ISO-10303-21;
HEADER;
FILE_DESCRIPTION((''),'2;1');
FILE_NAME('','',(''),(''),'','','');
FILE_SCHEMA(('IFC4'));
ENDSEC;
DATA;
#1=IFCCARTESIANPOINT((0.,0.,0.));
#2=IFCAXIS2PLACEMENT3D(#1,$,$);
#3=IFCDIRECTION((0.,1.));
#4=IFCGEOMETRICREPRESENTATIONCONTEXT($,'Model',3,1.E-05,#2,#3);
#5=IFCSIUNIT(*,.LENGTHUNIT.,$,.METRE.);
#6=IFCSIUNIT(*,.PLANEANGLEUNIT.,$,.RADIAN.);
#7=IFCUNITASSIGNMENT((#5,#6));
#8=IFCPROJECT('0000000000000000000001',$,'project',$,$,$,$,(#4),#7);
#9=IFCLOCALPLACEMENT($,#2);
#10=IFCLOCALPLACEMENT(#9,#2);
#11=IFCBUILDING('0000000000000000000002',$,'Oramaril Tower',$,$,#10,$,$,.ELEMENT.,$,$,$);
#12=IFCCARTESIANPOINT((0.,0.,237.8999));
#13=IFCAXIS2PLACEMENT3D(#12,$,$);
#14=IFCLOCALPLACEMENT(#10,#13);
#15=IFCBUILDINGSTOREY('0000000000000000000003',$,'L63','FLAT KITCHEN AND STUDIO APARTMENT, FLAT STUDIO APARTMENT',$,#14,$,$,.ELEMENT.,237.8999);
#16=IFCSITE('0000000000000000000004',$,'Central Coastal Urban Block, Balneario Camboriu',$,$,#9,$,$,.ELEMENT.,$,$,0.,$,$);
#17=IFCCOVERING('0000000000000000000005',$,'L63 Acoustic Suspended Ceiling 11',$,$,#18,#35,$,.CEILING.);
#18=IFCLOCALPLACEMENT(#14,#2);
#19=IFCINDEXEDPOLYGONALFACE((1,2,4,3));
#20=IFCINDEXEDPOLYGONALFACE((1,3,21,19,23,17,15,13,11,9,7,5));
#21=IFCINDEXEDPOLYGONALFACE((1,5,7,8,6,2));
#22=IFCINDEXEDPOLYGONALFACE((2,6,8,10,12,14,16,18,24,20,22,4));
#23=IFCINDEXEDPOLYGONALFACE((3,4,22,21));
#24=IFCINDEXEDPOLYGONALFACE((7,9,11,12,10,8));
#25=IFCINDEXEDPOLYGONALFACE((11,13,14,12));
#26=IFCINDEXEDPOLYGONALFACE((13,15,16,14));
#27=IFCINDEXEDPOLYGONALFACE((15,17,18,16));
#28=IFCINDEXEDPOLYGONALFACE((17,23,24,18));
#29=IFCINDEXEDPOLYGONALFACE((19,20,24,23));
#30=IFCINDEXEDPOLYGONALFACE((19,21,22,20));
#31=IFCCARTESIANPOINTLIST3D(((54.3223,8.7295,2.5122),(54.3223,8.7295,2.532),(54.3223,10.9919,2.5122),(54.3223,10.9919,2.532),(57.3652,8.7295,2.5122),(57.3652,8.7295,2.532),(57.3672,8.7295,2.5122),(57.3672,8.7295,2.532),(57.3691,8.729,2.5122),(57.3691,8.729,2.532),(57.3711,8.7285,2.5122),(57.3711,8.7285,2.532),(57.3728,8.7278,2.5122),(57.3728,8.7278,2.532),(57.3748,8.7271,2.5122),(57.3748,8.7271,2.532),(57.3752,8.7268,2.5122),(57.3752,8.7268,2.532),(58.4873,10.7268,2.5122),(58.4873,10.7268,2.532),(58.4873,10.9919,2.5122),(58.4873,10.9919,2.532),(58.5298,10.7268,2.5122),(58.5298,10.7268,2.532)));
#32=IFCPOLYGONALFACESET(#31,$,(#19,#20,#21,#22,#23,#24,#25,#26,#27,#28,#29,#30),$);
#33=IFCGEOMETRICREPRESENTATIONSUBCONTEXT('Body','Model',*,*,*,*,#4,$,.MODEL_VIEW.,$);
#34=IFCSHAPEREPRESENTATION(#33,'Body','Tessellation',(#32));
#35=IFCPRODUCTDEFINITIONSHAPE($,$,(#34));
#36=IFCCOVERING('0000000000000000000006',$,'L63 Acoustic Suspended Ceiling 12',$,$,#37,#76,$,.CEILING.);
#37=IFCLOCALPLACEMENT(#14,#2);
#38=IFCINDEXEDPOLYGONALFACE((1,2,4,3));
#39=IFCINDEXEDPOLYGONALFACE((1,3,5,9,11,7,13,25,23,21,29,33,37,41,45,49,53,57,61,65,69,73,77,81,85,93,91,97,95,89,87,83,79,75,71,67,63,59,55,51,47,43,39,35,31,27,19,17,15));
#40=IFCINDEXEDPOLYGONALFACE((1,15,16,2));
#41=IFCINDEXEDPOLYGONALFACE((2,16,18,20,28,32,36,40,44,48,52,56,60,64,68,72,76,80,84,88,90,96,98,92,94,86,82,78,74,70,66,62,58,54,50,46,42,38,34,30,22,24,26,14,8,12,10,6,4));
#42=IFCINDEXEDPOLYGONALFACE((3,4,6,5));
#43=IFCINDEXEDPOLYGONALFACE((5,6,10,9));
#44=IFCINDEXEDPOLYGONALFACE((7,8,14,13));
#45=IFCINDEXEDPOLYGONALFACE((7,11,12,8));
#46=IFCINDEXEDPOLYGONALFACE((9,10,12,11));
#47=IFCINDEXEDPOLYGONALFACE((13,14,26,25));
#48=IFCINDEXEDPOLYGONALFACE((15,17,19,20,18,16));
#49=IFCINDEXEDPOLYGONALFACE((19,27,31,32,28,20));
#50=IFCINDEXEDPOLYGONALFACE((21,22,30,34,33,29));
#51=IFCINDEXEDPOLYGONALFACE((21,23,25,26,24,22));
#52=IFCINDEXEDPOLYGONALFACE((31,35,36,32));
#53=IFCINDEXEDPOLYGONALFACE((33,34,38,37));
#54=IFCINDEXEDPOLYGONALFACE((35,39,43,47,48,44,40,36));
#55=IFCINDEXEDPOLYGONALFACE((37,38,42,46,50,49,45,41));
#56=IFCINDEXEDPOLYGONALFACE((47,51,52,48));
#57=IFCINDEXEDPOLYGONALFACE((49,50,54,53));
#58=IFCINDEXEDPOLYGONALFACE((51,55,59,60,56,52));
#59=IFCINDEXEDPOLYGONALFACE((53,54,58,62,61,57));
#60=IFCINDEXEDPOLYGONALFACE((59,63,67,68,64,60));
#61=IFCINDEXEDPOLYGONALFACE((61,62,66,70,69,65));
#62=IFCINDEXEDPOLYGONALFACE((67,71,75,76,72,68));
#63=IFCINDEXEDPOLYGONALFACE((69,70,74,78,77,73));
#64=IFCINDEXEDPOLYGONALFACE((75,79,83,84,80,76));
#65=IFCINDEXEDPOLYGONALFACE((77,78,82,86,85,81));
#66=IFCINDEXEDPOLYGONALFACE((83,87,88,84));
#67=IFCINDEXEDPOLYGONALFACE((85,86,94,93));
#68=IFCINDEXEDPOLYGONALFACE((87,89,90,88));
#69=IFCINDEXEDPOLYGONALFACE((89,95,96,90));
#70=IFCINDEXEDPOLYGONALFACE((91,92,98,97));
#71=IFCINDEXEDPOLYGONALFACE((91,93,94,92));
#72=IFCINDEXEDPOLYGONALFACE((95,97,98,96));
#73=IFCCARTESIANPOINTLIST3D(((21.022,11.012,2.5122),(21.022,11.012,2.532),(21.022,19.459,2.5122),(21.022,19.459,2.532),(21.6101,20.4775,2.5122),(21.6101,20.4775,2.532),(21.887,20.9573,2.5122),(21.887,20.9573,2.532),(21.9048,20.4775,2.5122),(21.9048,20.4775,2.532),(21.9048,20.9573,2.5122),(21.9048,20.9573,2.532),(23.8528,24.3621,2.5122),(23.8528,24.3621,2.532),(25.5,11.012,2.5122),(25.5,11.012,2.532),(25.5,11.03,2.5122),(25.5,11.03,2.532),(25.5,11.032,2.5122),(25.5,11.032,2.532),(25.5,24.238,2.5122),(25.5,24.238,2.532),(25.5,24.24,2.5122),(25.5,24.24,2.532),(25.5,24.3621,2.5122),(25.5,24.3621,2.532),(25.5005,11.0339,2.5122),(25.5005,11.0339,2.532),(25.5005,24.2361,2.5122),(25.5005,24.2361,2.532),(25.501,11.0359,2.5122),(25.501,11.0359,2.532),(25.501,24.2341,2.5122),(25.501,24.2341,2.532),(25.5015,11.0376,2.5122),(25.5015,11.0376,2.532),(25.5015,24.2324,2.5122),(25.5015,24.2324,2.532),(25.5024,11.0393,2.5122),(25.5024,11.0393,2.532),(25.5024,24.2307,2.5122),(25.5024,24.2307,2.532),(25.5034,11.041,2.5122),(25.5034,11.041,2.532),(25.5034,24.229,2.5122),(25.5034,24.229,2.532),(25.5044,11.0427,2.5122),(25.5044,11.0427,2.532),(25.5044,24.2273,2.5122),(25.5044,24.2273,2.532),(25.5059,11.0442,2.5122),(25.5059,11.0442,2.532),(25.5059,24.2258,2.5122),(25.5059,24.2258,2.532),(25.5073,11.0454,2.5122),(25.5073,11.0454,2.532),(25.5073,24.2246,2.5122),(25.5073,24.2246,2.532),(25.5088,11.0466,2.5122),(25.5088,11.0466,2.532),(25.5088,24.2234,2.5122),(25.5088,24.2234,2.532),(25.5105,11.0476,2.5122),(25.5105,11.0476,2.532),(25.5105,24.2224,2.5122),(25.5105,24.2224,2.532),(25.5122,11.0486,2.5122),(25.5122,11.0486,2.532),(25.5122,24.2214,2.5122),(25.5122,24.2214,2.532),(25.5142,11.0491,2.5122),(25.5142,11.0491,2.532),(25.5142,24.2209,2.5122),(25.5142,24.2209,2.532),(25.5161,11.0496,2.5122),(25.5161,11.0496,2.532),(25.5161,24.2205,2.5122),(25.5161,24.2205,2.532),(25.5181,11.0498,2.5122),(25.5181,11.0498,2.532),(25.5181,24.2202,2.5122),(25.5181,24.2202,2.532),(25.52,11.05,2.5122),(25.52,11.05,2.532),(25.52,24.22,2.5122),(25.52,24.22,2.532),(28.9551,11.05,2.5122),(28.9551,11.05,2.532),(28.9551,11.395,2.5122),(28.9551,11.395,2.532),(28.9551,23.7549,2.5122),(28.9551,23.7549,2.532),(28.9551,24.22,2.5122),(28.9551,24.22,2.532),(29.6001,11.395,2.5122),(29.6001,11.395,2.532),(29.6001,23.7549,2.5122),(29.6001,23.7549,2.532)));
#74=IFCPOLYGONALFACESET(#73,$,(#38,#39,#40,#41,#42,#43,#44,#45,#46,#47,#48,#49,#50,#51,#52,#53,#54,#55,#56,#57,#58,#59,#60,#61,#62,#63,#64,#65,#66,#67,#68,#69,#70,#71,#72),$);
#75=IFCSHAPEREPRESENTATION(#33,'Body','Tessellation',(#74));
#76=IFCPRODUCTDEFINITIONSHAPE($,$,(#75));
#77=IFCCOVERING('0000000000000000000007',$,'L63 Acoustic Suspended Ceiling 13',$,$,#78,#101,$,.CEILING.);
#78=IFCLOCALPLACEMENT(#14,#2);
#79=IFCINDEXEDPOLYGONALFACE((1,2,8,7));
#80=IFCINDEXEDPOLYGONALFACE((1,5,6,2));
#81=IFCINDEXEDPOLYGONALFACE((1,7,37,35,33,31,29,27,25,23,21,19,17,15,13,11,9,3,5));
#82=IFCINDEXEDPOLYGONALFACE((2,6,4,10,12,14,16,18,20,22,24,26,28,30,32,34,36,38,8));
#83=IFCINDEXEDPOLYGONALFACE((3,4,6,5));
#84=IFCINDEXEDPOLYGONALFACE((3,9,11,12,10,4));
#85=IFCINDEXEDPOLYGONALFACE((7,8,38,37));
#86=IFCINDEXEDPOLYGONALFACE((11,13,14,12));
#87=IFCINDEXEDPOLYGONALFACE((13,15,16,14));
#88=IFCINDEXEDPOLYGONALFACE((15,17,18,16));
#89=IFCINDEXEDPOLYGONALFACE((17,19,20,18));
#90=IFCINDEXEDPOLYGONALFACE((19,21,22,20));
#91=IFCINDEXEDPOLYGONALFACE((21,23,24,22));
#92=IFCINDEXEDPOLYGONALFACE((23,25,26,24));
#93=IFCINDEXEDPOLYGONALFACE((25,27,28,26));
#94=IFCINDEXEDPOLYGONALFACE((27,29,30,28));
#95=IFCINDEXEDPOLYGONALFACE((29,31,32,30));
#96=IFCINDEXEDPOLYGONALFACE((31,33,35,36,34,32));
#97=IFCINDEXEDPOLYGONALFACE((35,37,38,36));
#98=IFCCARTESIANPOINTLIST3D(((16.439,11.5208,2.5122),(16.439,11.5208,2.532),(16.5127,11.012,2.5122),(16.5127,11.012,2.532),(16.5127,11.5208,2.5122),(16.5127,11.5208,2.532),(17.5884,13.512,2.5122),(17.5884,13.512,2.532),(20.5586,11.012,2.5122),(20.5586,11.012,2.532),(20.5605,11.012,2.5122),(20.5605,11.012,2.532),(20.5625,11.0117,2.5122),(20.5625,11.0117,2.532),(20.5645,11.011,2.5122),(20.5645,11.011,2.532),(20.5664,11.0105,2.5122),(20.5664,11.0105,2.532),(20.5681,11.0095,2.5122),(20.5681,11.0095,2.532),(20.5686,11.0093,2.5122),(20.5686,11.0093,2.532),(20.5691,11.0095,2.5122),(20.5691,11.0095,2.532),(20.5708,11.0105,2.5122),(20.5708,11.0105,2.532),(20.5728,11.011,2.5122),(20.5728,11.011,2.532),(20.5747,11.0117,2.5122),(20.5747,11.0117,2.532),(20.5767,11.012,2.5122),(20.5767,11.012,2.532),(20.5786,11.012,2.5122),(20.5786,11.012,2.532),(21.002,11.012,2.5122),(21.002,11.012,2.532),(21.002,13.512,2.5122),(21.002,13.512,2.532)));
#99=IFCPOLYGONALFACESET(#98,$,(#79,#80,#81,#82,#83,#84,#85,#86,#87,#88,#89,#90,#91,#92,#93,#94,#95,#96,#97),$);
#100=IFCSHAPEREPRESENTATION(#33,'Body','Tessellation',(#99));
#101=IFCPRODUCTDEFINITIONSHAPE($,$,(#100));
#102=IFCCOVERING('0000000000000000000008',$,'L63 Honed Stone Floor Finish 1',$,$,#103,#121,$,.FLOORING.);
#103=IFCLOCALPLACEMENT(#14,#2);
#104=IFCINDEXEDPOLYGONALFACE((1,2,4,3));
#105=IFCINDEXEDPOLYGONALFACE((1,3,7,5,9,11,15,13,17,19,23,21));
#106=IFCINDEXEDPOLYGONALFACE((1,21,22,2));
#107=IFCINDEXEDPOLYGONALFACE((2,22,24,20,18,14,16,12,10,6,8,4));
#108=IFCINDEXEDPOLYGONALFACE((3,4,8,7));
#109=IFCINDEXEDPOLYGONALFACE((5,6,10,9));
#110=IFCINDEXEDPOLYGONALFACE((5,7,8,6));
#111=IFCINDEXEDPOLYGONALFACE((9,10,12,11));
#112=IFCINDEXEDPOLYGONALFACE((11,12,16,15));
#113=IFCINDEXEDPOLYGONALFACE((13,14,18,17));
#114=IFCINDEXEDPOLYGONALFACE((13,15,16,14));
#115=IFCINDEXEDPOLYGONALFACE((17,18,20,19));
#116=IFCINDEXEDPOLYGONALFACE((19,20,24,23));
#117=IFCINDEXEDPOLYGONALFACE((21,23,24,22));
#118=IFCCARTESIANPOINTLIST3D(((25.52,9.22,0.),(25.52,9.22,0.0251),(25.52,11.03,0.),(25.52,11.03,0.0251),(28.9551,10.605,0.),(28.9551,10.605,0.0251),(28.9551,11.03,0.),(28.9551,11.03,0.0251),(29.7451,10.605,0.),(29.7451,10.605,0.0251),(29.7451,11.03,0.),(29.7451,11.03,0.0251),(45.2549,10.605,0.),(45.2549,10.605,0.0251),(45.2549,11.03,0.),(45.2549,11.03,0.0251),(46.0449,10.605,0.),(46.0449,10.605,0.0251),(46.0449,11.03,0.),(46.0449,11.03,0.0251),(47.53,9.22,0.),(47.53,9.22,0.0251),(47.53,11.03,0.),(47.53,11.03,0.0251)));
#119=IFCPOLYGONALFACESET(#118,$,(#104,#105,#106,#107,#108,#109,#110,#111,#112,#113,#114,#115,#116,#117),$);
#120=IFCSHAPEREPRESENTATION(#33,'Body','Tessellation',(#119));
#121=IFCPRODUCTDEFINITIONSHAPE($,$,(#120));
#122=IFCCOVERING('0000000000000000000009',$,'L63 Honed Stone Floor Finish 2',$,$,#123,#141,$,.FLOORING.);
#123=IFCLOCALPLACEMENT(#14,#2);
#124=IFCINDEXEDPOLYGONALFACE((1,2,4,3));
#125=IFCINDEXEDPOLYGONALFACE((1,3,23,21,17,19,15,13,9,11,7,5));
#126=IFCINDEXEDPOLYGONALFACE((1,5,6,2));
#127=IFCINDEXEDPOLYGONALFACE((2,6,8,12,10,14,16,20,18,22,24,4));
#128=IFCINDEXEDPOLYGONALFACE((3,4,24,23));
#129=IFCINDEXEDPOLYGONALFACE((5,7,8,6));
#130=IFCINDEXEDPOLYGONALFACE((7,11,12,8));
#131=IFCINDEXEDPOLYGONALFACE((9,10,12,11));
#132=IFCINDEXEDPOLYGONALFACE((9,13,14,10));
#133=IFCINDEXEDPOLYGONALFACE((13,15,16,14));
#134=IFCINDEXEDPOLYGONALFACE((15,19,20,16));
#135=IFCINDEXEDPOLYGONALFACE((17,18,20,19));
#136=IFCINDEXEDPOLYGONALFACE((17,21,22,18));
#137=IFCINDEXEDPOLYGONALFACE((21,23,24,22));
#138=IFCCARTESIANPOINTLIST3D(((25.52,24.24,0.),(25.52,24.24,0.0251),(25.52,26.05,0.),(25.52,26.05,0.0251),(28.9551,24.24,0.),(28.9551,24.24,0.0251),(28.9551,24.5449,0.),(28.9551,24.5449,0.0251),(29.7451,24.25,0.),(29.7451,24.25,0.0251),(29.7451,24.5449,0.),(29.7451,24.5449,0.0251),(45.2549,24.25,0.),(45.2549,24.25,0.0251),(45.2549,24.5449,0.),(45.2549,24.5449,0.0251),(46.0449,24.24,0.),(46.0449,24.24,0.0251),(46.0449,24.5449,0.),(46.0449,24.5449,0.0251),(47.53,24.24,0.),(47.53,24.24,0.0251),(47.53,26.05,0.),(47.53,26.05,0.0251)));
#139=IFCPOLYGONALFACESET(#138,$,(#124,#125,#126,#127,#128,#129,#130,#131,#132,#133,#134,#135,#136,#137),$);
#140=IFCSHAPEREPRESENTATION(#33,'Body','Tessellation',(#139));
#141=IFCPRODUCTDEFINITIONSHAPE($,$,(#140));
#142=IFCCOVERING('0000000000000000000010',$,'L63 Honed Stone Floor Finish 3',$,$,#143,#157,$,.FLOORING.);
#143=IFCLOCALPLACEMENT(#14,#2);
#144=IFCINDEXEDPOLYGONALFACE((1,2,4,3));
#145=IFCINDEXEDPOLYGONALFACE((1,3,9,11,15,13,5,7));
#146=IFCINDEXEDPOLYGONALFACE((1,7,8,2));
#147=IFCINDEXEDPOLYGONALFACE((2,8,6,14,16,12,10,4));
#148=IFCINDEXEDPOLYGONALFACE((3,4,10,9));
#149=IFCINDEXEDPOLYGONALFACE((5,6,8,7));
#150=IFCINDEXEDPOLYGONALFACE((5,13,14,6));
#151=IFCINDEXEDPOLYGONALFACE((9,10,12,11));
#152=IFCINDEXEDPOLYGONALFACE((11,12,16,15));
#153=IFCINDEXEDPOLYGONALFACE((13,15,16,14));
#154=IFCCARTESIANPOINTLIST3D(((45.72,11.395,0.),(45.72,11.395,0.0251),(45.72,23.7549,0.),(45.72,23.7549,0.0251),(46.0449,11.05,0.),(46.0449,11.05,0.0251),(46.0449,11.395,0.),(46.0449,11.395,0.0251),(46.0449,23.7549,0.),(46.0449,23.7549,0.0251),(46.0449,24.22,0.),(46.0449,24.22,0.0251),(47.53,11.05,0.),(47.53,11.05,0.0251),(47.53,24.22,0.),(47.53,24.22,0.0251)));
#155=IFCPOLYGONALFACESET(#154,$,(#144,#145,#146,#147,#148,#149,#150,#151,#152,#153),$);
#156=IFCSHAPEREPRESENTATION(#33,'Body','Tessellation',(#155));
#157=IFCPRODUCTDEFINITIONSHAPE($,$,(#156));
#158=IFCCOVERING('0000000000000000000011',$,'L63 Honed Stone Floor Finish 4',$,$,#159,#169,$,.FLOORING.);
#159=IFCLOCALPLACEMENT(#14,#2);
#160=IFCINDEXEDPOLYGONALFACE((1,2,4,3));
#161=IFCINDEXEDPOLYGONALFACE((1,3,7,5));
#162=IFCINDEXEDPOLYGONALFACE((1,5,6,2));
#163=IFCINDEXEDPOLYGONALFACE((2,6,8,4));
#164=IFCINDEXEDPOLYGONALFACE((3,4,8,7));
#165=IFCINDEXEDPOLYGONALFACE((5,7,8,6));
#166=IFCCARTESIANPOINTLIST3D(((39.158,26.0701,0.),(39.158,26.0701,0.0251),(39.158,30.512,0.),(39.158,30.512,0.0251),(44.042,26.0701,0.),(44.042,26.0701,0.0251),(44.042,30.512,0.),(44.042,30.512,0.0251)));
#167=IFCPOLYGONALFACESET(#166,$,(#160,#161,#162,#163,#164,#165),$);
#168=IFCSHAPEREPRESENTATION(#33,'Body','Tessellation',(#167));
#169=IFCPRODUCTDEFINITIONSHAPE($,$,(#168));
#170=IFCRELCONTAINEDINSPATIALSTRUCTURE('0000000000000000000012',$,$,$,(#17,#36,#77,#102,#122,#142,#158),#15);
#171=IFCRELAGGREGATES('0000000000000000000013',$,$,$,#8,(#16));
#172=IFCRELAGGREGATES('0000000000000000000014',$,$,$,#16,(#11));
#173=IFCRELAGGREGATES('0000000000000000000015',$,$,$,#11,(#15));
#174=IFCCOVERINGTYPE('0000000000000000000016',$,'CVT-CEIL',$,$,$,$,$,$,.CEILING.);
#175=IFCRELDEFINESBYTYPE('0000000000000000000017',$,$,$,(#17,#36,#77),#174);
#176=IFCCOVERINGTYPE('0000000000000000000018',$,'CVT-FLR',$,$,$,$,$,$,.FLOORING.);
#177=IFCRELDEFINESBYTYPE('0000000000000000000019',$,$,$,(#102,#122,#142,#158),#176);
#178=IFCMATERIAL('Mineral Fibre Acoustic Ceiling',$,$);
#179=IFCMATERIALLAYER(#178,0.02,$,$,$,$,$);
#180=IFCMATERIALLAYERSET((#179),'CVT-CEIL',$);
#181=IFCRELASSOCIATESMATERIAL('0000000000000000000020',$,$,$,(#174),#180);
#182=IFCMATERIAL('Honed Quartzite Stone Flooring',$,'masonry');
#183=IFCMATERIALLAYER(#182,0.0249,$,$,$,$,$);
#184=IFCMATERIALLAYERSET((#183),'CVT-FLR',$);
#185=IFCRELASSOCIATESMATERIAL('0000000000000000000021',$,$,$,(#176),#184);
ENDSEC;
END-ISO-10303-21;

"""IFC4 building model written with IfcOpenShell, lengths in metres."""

from ifc_helpers import new_model, si_unit, direction, frame, origin, place, context, subcontext, project, spatial, polyline, outline, extrude, material, layer, layer_set, type_object, element, save


model = new_model("IFC4")

# Units and contexts
model_context = context("Model", 3, precision=1e-05, world=origin(), true_north=direction((0.0, 1.0)))
body_context = subcontext(model_context, "Body", "Model", "MODEL_VIEW")
ifc_project = project(units=[si_unit("LENGTHUNIT", "METRE"), si_unit("PLANEANGLEUNIT", "RADIAN")], contexts=[model_context])

# Site, building, storey
site_placement = place(None, origin())
site = spatial("IfcSite", under=ifc_project, at=site_placement, Name="Central Coastal Urban Block, Balneario Camboriu", CompositionType="ELEMENT", RefElevation=0.0)
building_placement = place(site_placement, origin())
building = spatial("IfcBuilding", under=site, at=building_placement, Name="Oramaril Tower", CompositionType="ELEMENT")
storey_placement = place(building_placement, frame((0.0, 0.0, 237.8999)))
storey = spatial("IfcBuildingStorey", under=building, at=storey_placement, Name="L63", Description="FLAT KITCHEN AND STUDIO APARTMENT, FLAT STUDIO APARTMENT", CompositionType="ELEMENT", Elevation=237.8999)

# Coverings
ifc_material_1 = material(Name="Mineral Fibre Acoustic Ceiling")
ifc_layer_1 = layer(ifc_material_1, 0.02)
ifc_layer_set_1 = layer_set([ifc_layer_1], Name="CVT-CEIL")
covering_type_1 = type_object("IfcCoveringType", Name="CVT-CEIL", PredefinedType="CEILING", material=ifc_layer_set_1)
covering_1_placement = place(storey_placement, frame((0.0, 0.0, 2.5122)))
element("IfcCovering", 1, at=covering_1_placement, inside=storey, type_object=covering_type_1, Name="L63 Acoustic Suspended Ceiling 11", PredefinedType="CEILING", context=body_context, shape_type="SweptSolid", body=[
    extrude(outline(polyline([(58.4873, 10.7268), (58.5298, 10.7268), (57.3752, 8.7268), (57.3748, 8.7271), (57.3728, 8.7278), (57.3711, 8.7285), (57.3691, 8.729), (57.3672, 8.7295), (57.3652, 8.7295), (54.3223, 8.7295), (54.3223, 10.9919), (58.4873, 10.9919), (58.4873, 10.7268)])), origin(), (0.0, 0.0, 1.0), 0.0198),
])
covering_2_placement = place(storey_placement, frame((0.0, 0.0, 2.5122)))
element("IfcCovering", 2, at=covering_2_placement, inside=storey, type_object=covering_type_1, Name="L63 Acoustic Suspended Ceiling 12", PredefinedType="CEILING", context=body_context, shape_type="SweptSolid", body=[
    extrude(outline(polyline([(28.9551, 23.7549), (29.6001, 23.7549), (29.6001, 11.395), (28.9551, 11.395), (28.9551, 11.05), (25.52, 11.05), (25.5181, 11.0498), (25.5161, 11.0496), (25.5142, 11.0491), (25.5122, 11.0486), (25.5105, 11.0476), (25.5088, 11.0466), (25.5073, 11.0454), (25.5059, 11.0442), (25.5044, 11.0427), (25.5034, 11.041), (25.5024, 11.0393), (25.5015, 11.0376), (25.501, 11.0359), (25.5005, 11.0339), (25.5, 11.032), (25.5, 11.03), (25.5, 11.012), (21.022, 11.012), (21.022, 19.459), (21.6101, 20.4775), (21.9048, 20.4775), (21.9048, 20.9573), (21.887, 20.9573), (23.8528, 24.3621), (25.5, 24.3621), (25.5, 24.24), (25.5, 24.238), (25.5005, 24.2361), (25.501, 24.2341), (25.5015, 24.2324), (25.5024, 24.2307), (25.5034, 24.229), (25.5044, 24.2273), (25.5059, 24.2258), (25.5073, 24.2246), (25.5088, 24.2234), (25.5105, 24.2224), (25.5122, 24.2214), (25.5142, 24.2209), (25.5161, 24.2205), (25.5181, 24.2202), (25.52, 24.22), (28.9551, 24.22), (28.9551, 23.7549)])), origin(), (0.0, 0.0, 1.0), 0.0198),
])
covering_3_placement = place(storey_placement, frame((0.0, 0.0, 2.5122)))
element("IfcCovering", 3, at=covering_3_placement, inside=storey, type_object=covering_type_1, Name="L63 Acoustic Suspended Ceiling 13", PredefinedType="CEILING", context=body_context, shape_type="SweptSolid", body=[
    extrude(outline(polyline([(16.5127, 11.5208), (16.439, 11.5208), (17.5884, 13.512), (21.002, 13.512), (21.002, 11.012), (20.5786, 11.012), (20.5767, 11.012), (20.5747, 11.0117), (20.5728, 11.011), (20.5708, 11.0105), (20.5691, 11.0095), (20.5686, 11.0093), (20.5681, 11.0095), (20.5664, 11.0105), (20.5645, 11.011), (20.5625, 11.0117), (20.5605, 11.012), (20.5586, 11.012), (16.5127, 11.012), (16.5127, 11.5208)])), origin(), (0.0, 0.0, 1.0), 0.0198),
])
ifc_material_2 = material(Name="Honed Quartzite Stone Flooring", Category="masonry")
ifc_layer_2 = layer(ifc_material_2, 0.0249)
ifc_layer_set_2 = layer_set([ifc_layer_2], Name="CVT-FLR")
covering_type_2 = type_object("IfcCoveringType", Name="CVT-FLR", PredefinedType="FLOORING", material=ifc_layer_set_2)
covering_4_placement = place(storey_placement, origin())
element("IfcCovering", 4, at=covering_4_placement, inside=storey, type_object=covering_type_2, Name="L63 Honed Stone Floor Finish 1", PredefinedType="FLOORING", context=body_context, shape_type="SweptSolid", body=[
    extrude(outline(polyline([(28.9551, 10.605), (29.7451, 10.605), (29.7451, 11.03), (45.2549, 11.03), (45.2549, 10.605), (46.0449, 10.605), (46.0449, 11.03), (47.53, 11.03), (47.53, 9.22), (25.52, 9.22), (25.52, 11.03), (28.9551, 11.03), (28.9551, 10.605)])), origin(), (0.0, 0.0, 1.0), 0.0251),
])
covering_5_placement = place(storey_placement, origin())
element("IfcCovering", 5, at=covering_5_placement, inside=storey, type_object=covering_type_2, Name="L63 Honed Stone Floor Finish 2", PredefinedType="FLOORING", context=body_context, shape_type="SweptSolid", body=[
    extrude(outline(polyline([(47.53, 24.24), (46.0449, 24.24), (46.0449, 24.5449), (45.2549, 24.5449), (45.2549, 24.25), (29.7451, 24.25), (29.7451, 24.5449), (28.9551, 24.5449), (28.9551, 24.24), (25.52, 24.24), (25.52, 26.05), (47.53, 26.05), (47.53, 24.24)])), origin(), (0.0, 0.0, 1.0), 0.0251),
])
covering_6_placement = place(storey_placement, origin())
element("IfcCovering", 6, at=covering_6_placement, inside=storey, type_object=covering_type_2, Name="L63 Honed Stone Floor Finish 3", PredefinedType="FLOORING", context=body_context, shape_type="SweptSolid", body=[
    extrude(outline(polyline([(47.53, 11.05), (46.0449, 11.05), (46.0449, 11.395), (45.72, 11.395), (45.72, 23.7549), (46.0449, 23.7549), (46.0449, 24.22), (47.53, 24.22), (47.53, 11.05)])), origin(), (0.0, 0.0, 1.0), 0.0251),
])
covering_7_placement = place(storey_placement, origin())
element("IfcCovering", 7, at=covering_7_placement, inside=storey, type_object=covering_type_2, Name="L63 Honed Stone Floor Finish 4", PredefinedType="FLOORING", context=body_context, shape_type="SweptSolid", body=[
    extrude(outline(polyline([(44.042, 30.512), (44.042, 26.0701), (39.158, 26.0701), (39.158, 30.512), (44.042, 30.512)])), origin(), (0.0, 0.0, 1.0), 0.0251),
])

save(model, "model.ifc")
